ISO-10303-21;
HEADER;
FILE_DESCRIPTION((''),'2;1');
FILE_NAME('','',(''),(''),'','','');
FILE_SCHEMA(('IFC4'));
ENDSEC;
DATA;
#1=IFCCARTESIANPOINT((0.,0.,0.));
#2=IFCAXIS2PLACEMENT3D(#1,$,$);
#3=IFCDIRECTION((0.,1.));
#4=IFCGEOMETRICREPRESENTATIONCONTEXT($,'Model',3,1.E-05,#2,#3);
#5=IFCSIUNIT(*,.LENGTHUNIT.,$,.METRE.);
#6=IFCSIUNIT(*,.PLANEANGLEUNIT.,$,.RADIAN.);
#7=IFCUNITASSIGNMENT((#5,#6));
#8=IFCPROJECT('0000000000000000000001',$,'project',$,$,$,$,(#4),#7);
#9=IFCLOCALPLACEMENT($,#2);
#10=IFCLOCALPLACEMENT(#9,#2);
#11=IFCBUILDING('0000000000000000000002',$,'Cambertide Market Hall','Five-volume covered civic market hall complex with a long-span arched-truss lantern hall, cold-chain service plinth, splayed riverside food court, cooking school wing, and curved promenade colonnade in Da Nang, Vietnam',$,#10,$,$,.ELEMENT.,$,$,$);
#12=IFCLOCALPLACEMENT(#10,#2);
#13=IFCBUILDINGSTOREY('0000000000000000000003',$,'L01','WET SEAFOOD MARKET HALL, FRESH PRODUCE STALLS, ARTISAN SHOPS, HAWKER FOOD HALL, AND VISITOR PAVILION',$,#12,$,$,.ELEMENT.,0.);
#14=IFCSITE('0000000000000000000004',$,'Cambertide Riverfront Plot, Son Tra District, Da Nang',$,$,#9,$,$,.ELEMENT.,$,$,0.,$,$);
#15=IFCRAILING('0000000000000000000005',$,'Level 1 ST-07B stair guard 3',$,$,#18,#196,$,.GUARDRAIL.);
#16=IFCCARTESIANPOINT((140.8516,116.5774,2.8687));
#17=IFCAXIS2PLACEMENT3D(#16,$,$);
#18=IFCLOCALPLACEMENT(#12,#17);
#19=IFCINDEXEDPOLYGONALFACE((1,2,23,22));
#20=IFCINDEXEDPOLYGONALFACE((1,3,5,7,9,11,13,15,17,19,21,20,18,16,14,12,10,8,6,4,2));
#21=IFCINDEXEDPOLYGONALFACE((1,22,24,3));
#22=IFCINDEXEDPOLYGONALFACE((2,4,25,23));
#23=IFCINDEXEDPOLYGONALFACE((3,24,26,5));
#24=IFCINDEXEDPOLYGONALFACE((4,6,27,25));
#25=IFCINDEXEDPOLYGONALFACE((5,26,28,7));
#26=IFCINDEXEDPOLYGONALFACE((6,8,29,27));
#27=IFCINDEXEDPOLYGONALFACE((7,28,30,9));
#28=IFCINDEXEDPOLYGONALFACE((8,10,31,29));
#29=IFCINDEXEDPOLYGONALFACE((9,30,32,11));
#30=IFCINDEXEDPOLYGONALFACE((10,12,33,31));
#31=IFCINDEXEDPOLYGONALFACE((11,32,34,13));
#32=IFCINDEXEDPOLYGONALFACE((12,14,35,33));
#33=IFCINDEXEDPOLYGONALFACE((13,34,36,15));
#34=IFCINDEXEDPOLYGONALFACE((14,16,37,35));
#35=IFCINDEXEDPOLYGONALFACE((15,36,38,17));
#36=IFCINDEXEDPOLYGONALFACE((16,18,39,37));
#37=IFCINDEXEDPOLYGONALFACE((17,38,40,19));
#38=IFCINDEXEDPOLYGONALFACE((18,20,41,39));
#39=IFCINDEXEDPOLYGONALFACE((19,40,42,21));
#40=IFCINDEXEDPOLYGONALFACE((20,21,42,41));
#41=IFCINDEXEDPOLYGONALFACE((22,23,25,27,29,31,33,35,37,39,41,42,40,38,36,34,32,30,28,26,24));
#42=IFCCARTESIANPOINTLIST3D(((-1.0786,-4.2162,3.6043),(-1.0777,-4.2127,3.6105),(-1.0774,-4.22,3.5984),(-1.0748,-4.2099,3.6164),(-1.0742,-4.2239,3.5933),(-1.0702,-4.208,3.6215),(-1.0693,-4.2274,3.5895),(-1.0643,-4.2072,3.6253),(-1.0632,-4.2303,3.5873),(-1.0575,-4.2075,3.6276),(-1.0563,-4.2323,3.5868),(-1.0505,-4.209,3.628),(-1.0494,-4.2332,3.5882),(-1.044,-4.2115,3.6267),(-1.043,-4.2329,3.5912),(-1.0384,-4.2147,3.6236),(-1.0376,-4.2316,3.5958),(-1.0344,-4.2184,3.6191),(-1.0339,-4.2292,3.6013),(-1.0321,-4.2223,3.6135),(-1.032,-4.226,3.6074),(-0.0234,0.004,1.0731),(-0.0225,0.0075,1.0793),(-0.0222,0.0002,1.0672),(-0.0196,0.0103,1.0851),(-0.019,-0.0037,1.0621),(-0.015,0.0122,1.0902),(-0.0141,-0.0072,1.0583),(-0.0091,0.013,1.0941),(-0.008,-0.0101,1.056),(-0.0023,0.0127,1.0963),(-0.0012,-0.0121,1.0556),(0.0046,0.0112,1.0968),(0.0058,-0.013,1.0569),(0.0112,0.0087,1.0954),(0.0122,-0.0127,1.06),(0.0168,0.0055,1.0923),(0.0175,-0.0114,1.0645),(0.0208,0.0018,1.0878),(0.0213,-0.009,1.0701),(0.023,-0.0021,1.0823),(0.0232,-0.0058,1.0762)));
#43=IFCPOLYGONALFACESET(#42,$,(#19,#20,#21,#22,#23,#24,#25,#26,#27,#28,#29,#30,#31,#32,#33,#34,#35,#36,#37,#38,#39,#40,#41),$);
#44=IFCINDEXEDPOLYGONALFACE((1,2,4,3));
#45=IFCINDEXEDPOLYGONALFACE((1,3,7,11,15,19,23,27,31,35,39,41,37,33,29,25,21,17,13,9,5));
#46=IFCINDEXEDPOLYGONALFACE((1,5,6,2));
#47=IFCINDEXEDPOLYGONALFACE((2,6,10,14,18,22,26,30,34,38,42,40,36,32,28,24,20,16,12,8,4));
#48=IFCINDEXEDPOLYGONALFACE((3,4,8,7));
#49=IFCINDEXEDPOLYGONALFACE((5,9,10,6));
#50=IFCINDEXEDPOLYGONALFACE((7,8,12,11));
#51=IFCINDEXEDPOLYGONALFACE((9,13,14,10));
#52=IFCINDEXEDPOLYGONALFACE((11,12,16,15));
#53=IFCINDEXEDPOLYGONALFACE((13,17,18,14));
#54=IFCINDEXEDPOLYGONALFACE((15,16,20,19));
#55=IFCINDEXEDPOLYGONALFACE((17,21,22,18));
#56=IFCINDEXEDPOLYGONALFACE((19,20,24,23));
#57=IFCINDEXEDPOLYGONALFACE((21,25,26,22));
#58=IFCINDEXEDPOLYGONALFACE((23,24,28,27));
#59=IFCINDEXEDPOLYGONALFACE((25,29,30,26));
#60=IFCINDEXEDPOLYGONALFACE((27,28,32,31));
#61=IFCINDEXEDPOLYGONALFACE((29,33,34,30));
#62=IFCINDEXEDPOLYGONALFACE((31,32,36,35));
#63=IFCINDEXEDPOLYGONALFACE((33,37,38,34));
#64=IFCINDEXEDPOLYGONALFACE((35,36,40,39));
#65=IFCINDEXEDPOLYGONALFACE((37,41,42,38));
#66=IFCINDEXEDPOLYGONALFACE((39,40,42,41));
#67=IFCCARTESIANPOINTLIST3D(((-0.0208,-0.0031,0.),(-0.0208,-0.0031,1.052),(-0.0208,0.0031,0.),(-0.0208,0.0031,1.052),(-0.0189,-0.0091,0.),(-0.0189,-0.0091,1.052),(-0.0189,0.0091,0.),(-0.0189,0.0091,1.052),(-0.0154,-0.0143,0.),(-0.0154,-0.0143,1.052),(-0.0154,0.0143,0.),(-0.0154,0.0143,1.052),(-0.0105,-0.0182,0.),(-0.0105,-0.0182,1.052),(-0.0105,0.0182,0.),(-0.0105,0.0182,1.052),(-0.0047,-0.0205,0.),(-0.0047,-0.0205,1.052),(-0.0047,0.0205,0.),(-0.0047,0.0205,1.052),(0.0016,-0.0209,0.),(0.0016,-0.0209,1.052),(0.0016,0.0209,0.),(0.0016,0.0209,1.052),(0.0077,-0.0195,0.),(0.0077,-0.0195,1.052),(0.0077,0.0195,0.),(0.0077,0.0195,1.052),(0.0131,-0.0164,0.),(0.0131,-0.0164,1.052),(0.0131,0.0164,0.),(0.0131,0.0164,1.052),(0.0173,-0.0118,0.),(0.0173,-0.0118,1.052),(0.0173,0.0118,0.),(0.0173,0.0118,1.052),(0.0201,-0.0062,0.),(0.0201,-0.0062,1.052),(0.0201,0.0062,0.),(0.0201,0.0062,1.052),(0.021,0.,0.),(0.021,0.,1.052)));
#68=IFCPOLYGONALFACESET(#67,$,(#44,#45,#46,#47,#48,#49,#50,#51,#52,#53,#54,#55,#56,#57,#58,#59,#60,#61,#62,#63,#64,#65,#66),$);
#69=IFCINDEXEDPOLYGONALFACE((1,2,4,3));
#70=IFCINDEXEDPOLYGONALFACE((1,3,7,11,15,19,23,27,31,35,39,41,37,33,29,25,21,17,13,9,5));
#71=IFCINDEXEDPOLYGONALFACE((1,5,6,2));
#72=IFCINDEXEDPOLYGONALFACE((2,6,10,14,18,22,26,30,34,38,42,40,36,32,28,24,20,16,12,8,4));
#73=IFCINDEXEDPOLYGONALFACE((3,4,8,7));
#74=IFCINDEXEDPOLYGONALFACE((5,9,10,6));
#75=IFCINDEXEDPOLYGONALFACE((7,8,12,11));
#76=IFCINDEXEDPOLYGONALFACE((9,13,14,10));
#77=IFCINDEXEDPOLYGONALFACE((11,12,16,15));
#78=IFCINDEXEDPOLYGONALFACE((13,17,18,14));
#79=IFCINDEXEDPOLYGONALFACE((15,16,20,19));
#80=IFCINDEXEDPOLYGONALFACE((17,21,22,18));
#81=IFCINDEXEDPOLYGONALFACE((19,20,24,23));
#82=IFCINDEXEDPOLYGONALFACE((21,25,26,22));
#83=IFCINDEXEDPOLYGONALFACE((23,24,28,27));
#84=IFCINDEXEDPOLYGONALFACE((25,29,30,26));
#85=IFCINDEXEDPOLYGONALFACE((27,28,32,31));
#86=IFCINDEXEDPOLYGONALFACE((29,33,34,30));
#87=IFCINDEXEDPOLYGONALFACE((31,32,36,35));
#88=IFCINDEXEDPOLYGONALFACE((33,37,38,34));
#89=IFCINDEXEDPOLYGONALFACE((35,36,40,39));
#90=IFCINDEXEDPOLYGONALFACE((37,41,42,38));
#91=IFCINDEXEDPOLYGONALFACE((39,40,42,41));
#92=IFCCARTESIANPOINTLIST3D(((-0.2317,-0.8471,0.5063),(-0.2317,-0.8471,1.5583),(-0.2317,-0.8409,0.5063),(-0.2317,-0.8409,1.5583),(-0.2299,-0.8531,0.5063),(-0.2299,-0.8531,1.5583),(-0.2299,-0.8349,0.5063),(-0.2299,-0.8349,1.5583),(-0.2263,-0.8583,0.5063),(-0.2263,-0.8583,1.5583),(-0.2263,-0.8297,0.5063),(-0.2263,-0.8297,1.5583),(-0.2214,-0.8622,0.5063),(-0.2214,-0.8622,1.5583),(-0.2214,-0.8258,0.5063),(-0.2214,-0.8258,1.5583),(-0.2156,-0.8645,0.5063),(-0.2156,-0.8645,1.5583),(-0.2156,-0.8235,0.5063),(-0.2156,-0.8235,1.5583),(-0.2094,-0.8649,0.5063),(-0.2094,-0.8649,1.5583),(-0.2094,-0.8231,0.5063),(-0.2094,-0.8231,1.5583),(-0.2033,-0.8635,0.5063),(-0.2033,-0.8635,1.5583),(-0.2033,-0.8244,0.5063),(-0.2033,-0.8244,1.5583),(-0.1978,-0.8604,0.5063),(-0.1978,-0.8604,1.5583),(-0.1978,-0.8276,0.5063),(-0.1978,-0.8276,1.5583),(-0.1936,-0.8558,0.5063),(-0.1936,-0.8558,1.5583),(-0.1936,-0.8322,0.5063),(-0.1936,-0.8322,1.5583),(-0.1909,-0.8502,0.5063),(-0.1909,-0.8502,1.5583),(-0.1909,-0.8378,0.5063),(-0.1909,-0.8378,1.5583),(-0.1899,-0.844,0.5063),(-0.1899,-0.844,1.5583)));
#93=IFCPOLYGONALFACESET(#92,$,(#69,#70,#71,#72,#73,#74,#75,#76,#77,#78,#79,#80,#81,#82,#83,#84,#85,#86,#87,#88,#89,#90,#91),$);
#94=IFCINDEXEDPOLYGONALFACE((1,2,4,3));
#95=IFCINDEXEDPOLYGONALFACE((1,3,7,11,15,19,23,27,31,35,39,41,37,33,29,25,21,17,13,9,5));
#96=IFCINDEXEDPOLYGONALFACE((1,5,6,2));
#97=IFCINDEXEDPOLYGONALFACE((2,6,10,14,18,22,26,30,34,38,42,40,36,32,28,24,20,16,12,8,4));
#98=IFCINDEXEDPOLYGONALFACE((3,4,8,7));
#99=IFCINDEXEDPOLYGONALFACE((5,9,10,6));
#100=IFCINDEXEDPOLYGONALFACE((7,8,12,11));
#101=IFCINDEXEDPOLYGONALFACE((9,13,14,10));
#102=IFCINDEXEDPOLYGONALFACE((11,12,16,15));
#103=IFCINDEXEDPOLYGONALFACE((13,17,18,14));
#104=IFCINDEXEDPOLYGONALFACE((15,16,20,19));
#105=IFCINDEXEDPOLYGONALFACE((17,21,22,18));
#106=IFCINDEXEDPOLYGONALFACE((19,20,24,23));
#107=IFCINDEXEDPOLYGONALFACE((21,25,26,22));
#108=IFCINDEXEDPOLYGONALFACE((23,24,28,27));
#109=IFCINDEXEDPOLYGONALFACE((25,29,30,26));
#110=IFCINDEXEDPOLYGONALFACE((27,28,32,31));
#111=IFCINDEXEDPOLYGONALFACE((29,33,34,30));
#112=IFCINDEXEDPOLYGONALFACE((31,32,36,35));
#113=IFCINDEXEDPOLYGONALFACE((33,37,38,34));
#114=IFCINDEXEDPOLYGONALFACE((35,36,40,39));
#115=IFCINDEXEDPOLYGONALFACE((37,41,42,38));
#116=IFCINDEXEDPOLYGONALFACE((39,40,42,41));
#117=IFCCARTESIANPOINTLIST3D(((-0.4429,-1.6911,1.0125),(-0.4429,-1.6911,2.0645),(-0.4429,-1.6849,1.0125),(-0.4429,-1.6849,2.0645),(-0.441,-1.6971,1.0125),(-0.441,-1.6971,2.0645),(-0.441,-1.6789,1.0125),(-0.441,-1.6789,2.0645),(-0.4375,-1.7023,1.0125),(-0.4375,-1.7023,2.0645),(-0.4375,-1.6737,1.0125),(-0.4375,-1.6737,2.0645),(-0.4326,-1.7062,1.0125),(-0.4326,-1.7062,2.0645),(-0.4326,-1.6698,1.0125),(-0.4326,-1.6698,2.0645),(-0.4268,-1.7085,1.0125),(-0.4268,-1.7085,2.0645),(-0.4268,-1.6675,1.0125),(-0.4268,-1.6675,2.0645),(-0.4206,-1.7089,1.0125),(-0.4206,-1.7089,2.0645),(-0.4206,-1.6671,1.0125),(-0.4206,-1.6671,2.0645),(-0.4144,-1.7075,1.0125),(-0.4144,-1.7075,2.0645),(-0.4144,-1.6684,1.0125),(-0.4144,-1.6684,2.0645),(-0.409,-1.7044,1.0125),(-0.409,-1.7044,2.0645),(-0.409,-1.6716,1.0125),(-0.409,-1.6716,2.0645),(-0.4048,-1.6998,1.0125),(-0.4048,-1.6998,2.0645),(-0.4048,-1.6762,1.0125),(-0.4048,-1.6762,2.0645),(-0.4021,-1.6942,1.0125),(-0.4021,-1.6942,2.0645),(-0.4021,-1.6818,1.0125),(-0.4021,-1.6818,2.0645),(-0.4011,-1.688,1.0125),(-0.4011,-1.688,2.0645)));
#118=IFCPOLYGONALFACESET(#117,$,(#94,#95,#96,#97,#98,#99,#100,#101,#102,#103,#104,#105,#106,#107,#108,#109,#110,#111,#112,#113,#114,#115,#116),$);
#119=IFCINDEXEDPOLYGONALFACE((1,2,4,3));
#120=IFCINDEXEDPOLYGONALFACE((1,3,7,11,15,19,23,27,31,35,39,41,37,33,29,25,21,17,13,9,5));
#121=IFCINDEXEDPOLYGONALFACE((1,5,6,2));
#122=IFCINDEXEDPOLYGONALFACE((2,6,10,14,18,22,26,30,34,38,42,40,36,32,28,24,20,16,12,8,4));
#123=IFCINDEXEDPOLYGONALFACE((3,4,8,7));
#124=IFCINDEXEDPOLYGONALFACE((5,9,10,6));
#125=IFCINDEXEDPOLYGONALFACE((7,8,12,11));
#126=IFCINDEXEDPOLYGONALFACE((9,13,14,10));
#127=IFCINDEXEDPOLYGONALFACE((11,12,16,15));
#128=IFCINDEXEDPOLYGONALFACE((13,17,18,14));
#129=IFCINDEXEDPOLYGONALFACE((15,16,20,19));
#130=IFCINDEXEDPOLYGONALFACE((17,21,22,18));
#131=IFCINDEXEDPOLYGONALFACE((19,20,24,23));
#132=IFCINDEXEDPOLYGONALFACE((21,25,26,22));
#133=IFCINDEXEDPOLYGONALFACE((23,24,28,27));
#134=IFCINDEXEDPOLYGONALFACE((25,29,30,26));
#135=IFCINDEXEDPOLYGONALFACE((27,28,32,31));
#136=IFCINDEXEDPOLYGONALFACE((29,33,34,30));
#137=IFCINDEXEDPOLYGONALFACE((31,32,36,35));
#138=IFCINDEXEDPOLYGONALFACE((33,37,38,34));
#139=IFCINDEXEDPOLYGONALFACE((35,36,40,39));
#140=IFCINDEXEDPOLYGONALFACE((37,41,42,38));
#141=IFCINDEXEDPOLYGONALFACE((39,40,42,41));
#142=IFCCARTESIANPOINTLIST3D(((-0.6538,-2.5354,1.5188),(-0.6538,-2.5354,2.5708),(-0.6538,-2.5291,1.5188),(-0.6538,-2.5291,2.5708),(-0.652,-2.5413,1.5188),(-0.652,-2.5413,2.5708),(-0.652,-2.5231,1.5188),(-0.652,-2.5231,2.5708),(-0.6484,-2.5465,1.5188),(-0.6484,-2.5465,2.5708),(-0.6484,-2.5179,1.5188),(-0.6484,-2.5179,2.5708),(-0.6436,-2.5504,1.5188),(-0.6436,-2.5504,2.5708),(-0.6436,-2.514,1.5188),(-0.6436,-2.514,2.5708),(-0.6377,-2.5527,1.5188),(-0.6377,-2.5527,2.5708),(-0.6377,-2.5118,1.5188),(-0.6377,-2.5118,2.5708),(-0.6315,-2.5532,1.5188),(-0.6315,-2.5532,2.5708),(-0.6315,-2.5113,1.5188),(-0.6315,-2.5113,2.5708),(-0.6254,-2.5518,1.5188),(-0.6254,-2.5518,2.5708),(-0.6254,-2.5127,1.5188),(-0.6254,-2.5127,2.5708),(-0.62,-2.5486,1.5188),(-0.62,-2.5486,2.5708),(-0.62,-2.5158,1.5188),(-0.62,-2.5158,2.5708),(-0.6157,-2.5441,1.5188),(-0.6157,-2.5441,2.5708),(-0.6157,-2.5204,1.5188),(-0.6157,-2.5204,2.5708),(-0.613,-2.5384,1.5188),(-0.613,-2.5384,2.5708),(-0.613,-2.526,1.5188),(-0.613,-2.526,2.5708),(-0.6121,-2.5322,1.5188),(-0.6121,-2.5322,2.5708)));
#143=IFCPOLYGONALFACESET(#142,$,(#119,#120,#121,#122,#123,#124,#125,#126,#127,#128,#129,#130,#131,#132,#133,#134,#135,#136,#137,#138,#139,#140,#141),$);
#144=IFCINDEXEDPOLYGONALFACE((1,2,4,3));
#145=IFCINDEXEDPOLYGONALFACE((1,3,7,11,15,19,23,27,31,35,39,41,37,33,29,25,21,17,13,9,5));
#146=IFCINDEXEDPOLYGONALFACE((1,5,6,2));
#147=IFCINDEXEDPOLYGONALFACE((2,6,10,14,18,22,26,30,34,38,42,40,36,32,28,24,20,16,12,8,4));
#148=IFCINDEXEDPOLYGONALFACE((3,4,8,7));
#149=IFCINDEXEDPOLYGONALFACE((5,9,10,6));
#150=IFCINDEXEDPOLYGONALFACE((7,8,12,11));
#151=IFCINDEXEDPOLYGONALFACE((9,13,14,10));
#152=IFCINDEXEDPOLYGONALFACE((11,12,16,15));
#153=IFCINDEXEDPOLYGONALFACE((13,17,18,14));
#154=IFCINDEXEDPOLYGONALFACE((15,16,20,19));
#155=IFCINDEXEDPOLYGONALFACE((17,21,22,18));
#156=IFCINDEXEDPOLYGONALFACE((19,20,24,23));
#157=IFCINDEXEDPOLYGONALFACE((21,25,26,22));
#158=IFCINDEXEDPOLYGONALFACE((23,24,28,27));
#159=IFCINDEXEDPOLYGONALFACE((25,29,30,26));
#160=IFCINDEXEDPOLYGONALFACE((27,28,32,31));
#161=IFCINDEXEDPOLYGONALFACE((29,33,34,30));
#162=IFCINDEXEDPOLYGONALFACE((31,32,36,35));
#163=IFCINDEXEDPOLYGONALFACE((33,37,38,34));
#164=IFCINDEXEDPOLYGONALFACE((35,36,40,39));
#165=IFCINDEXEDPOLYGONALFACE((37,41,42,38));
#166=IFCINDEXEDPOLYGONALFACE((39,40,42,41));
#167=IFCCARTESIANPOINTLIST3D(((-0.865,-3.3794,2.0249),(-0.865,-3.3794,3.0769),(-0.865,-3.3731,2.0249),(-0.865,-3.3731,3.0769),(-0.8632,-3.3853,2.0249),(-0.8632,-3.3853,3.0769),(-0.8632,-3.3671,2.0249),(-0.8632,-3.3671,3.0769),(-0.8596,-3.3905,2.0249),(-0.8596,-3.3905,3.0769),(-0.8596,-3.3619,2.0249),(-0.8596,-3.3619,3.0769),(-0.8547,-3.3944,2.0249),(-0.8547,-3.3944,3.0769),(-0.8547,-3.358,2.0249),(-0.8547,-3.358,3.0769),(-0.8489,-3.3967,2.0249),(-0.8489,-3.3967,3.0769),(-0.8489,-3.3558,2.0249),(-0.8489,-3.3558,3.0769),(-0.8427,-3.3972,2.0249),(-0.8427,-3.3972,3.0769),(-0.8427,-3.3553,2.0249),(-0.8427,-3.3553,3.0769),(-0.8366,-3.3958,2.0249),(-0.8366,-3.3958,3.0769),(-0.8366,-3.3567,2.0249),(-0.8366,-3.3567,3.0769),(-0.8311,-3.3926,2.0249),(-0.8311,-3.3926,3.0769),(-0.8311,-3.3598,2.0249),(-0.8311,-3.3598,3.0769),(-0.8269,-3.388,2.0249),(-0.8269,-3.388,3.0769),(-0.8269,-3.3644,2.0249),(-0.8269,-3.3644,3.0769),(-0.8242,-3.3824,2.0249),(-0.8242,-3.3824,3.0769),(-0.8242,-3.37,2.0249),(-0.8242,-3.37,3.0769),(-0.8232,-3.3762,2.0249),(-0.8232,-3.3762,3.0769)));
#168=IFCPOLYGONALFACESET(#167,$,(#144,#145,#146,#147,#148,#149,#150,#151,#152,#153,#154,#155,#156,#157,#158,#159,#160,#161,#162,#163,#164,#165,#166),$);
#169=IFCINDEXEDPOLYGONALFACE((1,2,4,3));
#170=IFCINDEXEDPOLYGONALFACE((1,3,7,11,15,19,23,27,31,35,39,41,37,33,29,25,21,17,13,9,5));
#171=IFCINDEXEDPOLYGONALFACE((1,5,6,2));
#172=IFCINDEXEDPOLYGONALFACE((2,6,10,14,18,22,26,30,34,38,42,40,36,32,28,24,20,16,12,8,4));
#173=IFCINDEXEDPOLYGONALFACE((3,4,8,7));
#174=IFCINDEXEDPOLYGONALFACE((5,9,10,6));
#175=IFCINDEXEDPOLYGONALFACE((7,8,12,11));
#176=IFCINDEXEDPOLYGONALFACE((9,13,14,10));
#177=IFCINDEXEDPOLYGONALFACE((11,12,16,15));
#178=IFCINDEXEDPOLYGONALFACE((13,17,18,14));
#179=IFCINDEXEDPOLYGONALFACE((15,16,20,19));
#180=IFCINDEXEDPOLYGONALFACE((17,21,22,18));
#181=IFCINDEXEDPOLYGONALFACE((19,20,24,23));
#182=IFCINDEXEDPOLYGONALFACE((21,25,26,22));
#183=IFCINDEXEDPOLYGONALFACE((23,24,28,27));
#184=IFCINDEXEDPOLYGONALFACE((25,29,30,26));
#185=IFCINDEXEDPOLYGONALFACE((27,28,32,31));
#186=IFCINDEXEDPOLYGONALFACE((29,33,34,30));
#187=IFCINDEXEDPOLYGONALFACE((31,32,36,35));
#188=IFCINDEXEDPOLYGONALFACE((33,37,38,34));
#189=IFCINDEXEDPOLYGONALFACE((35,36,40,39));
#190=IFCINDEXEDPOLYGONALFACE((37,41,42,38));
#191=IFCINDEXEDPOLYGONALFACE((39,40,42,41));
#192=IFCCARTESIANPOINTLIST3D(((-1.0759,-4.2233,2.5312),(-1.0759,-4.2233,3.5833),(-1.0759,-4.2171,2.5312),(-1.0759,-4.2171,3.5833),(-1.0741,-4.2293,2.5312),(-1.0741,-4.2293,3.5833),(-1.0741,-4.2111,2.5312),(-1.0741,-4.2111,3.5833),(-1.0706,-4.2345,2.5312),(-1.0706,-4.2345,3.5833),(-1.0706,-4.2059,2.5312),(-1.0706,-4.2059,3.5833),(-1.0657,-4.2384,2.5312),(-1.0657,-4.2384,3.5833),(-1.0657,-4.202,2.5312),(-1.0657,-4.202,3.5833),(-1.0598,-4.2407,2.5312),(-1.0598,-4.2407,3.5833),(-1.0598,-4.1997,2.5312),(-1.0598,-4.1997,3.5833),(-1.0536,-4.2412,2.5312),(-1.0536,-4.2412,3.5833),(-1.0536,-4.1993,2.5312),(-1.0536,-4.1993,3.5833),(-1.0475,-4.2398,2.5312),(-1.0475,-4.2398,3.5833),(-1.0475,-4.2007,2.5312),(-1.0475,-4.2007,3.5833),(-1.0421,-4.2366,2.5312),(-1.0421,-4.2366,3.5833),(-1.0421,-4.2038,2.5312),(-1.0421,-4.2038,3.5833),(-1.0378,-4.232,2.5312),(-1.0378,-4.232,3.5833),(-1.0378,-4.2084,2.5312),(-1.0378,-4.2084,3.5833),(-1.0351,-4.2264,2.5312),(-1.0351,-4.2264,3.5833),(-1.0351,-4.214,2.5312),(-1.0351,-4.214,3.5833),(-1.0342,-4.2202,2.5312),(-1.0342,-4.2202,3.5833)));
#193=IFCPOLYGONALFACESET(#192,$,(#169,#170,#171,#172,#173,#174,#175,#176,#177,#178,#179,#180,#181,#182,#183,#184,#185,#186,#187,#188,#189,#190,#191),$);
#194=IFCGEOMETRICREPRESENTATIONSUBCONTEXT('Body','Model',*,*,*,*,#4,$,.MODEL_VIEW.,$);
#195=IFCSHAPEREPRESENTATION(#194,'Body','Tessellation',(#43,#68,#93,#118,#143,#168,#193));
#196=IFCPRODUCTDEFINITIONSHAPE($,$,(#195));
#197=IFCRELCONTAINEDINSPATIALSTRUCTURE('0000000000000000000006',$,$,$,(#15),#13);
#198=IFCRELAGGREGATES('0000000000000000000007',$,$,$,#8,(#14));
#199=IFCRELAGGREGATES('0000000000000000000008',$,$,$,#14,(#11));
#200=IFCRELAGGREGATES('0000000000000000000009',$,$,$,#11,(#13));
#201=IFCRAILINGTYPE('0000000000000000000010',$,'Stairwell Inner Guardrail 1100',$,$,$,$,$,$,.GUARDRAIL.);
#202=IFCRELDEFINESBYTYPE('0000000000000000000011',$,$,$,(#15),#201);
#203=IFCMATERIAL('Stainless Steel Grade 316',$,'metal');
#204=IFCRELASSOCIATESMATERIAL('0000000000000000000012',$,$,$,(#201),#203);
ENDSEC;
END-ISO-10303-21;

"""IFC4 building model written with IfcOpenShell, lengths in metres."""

from ifc_helpers import new_model, si_unit, direction, frame, origin, origin_2d, place, context, subcontext, project, spatial, circle, extrude, material, type_object, element, save


model = new_model("IFC4")

# Units and contexts
model_context = context("Model", 3, precision=1e-05, world=origin(), true_north=direction((0.0, 1.0)))
body_context = subcontext(model_context, "Body", "Model", "MODEL_VIEW")
ifc_project = project(units=[si_unit("LENGTHUNIT", "METRE"), si_unit("PLANEANGLEUNIT", "RADIAN")], contexts=[model_context])

# Site, building, storey
site_placement = place(None, origin())
site = spatial("IfcSite", under=ifc_project, at=site_placement, Name="Cambertide Riverfront Plot, Son Tra District, Da Nang", CompositionType="ELEMENT", RefElevation=0.0)
building_placement = place(site_placement, origin())
building = spatial("IfcBuilding", under=site, at=building_placement, Name="Cambertide Market Hall", Description="Five-volume covered civic market hall complex with a long-span arched-truss lantern hall, cold-chain service plinth, splayed riverside food court, cooking school wing, and curved promenade colonnade in Da Nang, Vietnam", CompositionType="ELEMENT")
storey_placement = place(building_placement, origin())
storey = spatial("IfcBuildingStorey", under=building, at=storey_placement, Name="L01", Description="WET SEAFOOD MARKET HALL, FRESH PRODUCE STALLS, ARTISAN SHOPS, HAWKER FOOD HALL, AND VISITOR PAVILION", CompositionType="ELEMENT", Elevation=0.0)

# Railing
ifc_material_1 = material(Name="Stainless Steel Grade 316", Category="metal")
railing_type = type_object("IfcRailingType", Name="Stairwell Inner Guardrail 1100", PredefinedType="GUARDRAIL", material=ifc_material_1)
railing_1_placement = place(storey_placement, frame((140.8516, 116.5774, 2.8687)))
element("IfcRailing", 1, at=railing_1_placement, inside=storey, type_object=railing_type, Name="Level 1 ST-07B stair guard 3", PredefinedType="GUARDRAIL", context=body_context, shape_type="SweptSolid", body=[
    extrude(circle(Radius=0.0239, at=origin_2d()), frame((0.0, 0.0, 1.0762), z_axis=(-0.209653, -0.838513, 0.502933), x_axis=(0.970136, -0.242562, 0.0)), (0.0, 0.0, 1.0), 5.033),
    extrude(circle(Radius=0.021, at=origin_2d()), origin(), (0.0, 0.0, 1.0), 1.052),
    extrude(circle(Radius=0.021, at=origin_2d()), frame((-0.2109, -0.844, 0.5063)), (0.0, 0.0, 1.0), 1.052),
    extrude(circle(Radius=0.021, at=origin_2d()), frame((-0.4221, -1.688, 1.0125)), (0.0, 0.0, 1.0), 1.052),
    extrude(circle(Radius=0.021, at=origin_2d()), frame((-0.6331, -2.5322, 1.5188)), (0.0, 0.0, 1.0), 1.052),
    extrude(circle(Radius=0.021, at=origin_2d()), frame((-0.8442, -3.3762, 2.0249)), (0.0, 0.0, 1.0), 1.052),
    extrude(circle(Radius=0.021, at=origin_2d()), frame((-1.0552, -4.2202, 2.5312)), (0.0, 0.0, 1.0), 1.052),
])

save(model, "model.ifc")
